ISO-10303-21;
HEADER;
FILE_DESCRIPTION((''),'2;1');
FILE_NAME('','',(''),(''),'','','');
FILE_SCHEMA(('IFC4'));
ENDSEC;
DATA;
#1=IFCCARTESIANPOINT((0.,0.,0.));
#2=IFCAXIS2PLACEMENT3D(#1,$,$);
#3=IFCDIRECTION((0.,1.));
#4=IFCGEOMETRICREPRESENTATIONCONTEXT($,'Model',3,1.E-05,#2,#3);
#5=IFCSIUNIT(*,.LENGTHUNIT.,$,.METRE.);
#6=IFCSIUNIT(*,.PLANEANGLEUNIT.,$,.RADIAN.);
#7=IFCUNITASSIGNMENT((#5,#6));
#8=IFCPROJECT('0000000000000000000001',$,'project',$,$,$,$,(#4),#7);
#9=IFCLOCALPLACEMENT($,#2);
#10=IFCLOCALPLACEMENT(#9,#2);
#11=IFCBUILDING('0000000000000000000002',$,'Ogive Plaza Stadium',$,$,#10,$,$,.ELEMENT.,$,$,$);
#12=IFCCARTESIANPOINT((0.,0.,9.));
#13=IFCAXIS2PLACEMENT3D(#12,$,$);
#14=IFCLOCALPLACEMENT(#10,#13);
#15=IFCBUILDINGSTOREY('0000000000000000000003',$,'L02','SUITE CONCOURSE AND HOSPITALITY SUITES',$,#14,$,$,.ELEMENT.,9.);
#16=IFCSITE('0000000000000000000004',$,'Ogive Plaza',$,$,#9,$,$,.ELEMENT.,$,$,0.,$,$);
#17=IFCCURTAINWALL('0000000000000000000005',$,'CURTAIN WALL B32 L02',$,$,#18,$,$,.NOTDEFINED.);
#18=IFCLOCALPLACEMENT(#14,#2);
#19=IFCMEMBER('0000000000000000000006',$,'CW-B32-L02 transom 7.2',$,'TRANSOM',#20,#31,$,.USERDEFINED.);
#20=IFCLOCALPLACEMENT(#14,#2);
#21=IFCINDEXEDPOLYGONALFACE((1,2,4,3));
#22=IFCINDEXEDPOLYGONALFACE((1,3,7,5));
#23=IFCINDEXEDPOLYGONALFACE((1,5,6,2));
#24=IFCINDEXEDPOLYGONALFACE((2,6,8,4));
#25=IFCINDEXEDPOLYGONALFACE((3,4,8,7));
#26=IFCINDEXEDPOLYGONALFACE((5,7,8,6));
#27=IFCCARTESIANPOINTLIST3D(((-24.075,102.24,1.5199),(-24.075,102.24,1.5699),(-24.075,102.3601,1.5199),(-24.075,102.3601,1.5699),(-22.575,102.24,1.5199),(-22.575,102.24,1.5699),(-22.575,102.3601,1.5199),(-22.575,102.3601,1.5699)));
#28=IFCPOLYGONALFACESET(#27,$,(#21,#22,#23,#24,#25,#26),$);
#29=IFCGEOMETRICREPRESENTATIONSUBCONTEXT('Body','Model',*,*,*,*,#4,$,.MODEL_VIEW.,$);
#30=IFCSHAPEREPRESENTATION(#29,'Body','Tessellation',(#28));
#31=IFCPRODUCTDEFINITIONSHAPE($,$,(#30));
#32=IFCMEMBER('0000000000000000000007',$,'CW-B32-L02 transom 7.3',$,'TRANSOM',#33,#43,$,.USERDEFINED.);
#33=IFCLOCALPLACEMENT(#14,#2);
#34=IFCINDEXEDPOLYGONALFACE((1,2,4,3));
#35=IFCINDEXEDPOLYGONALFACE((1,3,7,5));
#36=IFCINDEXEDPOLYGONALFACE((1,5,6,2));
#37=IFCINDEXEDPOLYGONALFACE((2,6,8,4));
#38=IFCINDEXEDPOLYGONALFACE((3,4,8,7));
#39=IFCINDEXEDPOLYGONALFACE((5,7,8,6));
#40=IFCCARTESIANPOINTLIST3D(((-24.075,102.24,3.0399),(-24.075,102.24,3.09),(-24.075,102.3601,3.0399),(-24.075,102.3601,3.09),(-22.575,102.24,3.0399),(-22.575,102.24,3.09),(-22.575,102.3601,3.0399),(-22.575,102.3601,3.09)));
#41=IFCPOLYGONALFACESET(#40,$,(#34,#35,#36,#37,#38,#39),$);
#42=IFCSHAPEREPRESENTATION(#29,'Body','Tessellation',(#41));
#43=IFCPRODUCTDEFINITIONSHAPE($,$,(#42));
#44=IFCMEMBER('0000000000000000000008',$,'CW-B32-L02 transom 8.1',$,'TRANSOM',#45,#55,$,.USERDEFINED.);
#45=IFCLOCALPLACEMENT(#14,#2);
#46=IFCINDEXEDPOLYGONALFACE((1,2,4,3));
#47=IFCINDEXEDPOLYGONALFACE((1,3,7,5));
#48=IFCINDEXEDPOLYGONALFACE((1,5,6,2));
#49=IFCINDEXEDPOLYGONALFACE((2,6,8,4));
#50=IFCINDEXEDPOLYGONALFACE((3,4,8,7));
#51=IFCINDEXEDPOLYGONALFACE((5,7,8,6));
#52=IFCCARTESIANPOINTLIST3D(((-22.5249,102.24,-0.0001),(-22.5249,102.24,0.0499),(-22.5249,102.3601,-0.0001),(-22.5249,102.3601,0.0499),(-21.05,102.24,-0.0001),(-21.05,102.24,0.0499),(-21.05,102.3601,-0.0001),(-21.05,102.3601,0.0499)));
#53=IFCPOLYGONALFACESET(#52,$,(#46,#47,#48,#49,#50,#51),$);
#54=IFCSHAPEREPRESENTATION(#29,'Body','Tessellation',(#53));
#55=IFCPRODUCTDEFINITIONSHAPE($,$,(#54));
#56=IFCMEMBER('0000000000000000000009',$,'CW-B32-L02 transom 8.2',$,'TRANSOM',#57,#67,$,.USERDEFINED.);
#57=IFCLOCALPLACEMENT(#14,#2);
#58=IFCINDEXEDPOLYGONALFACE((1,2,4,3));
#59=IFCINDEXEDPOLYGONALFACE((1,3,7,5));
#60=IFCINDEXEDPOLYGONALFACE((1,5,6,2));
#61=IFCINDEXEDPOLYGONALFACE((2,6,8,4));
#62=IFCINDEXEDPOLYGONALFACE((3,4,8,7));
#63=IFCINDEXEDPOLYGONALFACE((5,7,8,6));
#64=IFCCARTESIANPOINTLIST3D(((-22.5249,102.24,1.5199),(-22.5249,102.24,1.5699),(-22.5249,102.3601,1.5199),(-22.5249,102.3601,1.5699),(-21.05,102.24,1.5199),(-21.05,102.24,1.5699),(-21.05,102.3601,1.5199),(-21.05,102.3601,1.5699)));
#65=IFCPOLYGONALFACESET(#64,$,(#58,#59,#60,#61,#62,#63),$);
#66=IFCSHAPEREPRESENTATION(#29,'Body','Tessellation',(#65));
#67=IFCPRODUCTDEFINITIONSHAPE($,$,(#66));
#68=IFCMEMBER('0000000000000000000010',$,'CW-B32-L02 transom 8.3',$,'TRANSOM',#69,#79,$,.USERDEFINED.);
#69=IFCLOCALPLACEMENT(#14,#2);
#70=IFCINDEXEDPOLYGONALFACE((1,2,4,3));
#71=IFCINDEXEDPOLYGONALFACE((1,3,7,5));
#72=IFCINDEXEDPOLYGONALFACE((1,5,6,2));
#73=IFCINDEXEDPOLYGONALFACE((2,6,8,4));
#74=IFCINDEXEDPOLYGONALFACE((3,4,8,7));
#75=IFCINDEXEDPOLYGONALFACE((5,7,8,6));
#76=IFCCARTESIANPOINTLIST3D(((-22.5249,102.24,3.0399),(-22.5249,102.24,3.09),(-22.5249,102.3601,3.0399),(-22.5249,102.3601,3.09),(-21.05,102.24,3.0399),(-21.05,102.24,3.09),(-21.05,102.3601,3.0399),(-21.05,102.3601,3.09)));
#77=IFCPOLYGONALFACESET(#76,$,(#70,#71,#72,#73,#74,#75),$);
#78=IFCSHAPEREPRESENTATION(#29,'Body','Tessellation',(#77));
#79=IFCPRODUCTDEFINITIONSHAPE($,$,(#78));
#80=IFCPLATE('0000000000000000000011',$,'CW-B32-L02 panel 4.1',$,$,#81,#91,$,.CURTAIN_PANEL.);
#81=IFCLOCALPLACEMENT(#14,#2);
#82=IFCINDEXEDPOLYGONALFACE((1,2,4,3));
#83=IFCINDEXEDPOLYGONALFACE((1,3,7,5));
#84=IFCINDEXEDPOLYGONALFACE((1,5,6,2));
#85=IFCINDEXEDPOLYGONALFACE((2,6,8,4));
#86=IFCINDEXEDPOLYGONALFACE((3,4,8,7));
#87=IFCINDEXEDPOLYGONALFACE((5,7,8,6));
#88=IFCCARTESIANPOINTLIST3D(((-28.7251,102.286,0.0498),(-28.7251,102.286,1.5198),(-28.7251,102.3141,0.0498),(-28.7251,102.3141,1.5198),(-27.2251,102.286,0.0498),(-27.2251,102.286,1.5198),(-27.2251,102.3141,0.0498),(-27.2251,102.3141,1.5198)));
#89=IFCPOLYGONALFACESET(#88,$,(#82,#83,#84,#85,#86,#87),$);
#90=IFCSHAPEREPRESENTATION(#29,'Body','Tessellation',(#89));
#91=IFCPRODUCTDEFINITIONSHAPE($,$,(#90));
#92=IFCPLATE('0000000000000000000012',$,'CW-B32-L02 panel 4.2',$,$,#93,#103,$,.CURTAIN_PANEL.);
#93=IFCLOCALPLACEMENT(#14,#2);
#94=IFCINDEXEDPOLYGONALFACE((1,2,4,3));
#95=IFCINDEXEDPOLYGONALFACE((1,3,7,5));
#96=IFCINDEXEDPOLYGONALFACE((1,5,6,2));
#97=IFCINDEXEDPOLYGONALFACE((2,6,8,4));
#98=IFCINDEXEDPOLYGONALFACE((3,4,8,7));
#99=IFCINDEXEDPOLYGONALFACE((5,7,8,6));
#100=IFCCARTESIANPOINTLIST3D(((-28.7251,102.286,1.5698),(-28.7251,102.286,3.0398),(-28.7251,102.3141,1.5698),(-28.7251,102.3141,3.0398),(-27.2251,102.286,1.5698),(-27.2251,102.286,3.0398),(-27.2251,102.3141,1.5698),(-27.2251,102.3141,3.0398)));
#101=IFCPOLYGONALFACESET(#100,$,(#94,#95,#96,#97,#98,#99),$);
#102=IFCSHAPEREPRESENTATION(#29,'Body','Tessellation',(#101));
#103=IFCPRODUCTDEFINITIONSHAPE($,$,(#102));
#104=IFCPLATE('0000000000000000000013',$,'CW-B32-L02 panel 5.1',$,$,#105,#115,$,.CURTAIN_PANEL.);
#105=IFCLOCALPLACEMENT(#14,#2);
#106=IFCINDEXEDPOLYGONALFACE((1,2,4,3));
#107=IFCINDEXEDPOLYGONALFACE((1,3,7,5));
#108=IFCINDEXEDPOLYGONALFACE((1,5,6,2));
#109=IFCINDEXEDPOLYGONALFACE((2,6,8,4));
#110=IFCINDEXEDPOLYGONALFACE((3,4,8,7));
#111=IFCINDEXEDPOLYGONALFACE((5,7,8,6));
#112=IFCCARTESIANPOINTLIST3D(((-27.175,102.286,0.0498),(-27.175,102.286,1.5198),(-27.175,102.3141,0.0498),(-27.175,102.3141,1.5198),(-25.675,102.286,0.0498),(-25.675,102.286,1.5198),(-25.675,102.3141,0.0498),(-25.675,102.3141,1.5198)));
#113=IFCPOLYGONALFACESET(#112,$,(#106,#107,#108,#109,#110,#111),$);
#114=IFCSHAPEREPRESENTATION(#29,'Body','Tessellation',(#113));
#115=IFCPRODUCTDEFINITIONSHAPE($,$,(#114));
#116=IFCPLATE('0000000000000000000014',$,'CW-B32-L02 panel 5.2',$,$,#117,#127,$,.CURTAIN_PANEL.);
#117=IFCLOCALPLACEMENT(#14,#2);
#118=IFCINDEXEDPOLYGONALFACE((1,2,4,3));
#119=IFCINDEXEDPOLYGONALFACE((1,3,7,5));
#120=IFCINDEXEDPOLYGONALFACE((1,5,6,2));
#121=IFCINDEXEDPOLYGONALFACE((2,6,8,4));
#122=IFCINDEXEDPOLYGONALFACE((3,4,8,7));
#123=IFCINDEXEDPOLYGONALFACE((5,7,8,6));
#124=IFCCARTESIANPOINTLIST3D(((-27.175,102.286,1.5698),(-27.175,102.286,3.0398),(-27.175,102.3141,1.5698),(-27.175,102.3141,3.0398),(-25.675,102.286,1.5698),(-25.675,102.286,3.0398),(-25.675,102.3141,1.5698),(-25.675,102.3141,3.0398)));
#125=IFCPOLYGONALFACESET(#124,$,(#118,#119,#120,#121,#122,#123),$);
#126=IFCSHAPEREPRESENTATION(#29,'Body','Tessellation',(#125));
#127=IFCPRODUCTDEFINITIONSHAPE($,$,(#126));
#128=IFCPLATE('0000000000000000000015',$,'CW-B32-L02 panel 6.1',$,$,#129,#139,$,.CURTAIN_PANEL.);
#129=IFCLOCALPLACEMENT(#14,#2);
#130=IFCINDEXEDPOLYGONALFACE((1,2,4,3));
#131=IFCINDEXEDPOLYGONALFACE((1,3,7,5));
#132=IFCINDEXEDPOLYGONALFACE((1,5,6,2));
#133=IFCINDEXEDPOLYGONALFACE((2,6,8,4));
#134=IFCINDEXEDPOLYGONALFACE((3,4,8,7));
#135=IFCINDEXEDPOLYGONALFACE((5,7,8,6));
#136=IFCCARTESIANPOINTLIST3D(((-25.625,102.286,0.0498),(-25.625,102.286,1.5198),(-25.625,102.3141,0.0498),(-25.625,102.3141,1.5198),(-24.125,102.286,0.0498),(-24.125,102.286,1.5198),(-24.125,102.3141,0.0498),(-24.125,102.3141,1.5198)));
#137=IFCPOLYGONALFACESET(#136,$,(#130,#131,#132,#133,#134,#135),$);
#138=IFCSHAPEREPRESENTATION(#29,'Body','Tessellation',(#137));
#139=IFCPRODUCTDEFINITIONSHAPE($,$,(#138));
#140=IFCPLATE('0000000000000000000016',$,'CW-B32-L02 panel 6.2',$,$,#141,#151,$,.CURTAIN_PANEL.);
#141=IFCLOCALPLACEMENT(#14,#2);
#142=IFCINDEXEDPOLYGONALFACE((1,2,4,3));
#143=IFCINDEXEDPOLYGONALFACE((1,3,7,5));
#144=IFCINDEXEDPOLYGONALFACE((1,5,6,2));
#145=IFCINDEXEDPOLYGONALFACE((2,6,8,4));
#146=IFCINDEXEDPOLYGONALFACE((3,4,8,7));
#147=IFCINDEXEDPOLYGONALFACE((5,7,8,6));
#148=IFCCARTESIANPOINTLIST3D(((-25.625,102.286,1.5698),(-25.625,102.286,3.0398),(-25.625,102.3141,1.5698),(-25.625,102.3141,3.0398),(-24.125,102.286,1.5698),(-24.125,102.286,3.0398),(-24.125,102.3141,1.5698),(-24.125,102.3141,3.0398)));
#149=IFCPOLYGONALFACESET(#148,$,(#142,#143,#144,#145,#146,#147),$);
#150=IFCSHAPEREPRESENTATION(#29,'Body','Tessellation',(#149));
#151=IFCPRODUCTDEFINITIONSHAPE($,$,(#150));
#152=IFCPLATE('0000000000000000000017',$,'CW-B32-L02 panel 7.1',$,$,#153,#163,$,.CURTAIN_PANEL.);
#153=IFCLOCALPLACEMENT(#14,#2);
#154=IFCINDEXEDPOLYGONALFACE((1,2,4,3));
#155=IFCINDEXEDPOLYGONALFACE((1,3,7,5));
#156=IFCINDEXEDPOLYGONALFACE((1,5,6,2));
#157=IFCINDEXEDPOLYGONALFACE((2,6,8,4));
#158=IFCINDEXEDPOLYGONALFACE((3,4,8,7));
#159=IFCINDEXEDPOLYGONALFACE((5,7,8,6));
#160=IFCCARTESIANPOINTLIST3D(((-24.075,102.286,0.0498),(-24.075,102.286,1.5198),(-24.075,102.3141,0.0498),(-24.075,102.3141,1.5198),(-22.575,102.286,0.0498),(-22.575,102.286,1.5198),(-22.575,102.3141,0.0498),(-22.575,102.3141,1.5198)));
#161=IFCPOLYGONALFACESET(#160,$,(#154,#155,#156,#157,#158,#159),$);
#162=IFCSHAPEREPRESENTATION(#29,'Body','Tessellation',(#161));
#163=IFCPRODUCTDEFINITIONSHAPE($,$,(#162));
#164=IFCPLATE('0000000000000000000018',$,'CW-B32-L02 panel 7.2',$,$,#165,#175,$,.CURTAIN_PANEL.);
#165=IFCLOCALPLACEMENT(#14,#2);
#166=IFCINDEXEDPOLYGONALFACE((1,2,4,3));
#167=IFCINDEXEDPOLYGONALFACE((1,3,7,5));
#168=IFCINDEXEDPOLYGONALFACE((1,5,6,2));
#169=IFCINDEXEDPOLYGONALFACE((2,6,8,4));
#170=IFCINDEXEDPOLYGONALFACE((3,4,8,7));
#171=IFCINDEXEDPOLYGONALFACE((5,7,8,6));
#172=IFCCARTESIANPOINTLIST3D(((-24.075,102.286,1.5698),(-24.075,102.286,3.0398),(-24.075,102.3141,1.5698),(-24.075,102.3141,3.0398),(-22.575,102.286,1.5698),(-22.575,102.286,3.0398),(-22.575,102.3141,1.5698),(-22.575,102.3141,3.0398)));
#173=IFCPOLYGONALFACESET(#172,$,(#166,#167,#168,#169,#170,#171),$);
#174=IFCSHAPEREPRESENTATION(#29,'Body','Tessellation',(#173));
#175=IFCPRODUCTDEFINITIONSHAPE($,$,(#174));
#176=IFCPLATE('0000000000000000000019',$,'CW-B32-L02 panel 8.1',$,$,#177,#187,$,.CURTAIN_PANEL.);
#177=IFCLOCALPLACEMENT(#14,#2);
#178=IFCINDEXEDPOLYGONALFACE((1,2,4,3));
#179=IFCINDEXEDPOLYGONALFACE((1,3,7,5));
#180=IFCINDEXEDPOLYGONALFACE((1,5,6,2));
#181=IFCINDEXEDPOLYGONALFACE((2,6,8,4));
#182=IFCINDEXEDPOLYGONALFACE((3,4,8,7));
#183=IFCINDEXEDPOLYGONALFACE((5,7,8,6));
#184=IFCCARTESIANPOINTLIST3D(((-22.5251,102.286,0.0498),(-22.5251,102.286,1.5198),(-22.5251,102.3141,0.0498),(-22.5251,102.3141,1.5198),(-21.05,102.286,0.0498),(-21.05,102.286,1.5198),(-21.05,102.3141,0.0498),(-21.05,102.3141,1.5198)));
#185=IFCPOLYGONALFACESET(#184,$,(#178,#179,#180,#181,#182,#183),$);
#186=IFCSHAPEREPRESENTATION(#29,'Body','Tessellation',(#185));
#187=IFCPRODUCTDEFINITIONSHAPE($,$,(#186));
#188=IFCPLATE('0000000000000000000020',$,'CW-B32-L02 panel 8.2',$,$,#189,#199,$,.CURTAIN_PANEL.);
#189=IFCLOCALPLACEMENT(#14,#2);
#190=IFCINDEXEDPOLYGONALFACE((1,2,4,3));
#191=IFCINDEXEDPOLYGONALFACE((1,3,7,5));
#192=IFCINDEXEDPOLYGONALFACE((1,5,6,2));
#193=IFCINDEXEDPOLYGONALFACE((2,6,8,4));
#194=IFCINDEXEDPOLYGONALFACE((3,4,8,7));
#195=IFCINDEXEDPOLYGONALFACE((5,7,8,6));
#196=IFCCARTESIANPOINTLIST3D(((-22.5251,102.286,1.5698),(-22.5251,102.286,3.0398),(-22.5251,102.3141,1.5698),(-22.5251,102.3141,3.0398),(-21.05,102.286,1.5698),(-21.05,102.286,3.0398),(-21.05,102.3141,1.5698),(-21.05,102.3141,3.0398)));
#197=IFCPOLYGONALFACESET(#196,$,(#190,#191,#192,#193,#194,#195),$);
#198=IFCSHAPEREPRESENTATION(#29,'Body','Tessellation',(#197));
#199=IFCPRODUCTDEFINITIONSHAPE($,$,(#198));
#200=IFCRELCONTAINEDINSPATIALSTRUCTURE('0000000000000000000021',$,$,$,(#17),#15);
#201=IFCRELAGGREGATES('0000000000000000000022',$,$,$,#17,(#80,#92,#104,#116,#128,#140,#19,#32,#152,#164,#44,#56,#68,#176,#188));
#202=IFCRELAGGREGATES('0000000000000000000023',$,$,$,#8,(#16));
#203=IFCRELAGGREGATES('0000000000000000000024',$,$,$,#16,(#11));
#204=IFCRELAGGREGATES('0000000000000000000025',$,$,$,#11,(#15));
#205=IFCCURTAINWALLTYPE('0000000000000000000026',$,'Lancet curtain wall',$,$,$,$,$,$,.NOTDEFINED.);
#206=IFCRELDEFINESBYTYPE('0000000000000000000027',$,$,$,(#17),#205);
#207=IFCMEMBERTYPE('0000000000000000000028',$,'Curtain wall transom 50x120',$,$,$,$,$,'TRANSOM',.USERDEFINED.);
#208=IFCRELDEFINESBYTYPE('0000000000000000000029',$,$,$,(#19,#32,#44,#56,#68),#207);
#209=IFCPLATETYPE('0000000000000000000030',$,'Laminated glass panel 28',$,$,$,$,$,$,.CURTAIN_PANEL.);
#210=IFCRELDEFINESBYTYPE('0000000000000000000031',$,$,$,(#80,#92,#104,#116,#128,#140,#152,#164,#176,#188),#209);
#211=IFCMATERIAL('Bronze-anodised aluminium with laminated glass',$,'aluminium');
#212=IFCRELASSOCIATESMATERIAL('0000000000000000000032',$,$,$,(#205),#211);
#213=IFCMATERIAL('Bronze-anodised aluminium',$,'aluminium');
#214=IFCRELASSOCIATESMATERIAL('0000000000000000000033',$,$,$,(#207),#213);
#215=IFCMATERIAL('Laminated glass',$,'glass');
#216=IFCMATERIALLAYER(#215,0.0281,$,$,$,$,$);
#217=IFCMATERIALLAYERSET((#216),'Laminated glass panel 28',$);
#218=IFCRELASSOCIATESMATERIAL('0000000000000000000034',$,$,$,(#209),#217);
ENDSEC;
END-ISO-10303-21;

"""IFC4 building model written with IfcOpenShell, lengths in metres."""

from ifc_helpers import new_model, si_unit, direction, frame, origin, origin_2d, place, context, subcontext, project, spatial, rectangle, extrude, material, layer, layer_set, material_profile, profile_set, type_object, element, aggregate, save


model = new_model("IFC4")

# Units and contexts
model_context = context("Model", 3, precision=1e-05, world=origin(), true_north=direction((0.0, 1.0)))
body_context = subcontext(model_context, "Body", "Model", "MODEL_VIEW")
ifc_project = project(units=[si_unit("LENGTHUNIT", "METRE"), si_unit("PLANEANGLEUNIT", "RADIAN")], contexts=[model_context])

# Site, building, storey
site_placement = place(None, origin())
site = spatial("IfcSite", under=ifc_project, at=site_placement, Name="Ogive Plaza", CompositionType="ELEMENT", RefElevation=0.0)
building_placement = place(site_placement, origin())
building = spatial("IfcBuilding", under=site, at=building_placement, Name="Ogive Plaza Stadium", CompositionType="ELEMENT")
storey_placement = place(building_placement, frame((0.0, 0.0, 9.0)))
storey = spatial("IfcBuildingStorey", under=building, at=storey_placement, Name="L02", Description="SUITE CONCOURSE AND HOSPITALITY SUITES", CompositionType="ELEMENT", Elevation=9.0)

# Curtain wall, members, plates
ifc_material_1 = material(Name="Bronze-anodised aluminium with laminated glass", Category="aluminium")
curtain_wall_type = type_object("IfcCurtainWallType", Name="Lancet curtain wall", PredefinedType="NOTDEFINED", material=ifc_material_1)
curtain_wall_placement = place(storey_placement, origin())
curtain_wall = element("IfcCurtainWall", 1, at=curtain_wall_placement, inside=storey, type_object=curtain_wall_type, Name="CURTAIN WALL B32 L02", PredefinedType="NOTDEFINED")
ifc_material_2 = material(Name="Bronze-anodised aluminium", Category="aluminium")
ifc_material_profile_1 = material_profile(ifc_material_2, rectangle(XDim=0.1201, YDim=0.05, at=origin_2d()), Name="AL 120x50")
ifc_profile_set_1 = profile_set([ifc_material_profile_1], Name="Bronze-anodised aluminium")
member_type_1 = type_object("IfcMemberType", Name="Curtain wall transom 50x120", ElementType="TRANSOM", PredefinedType="USERDEFINED", material=ifc_profile_set_1)
member_1_placement = place(storey_placement, frame((-24.075, 102.3, 1.5449), z_axis=(1.0, 0.0, 0.0), x_axis=(0.0, 1.0, 0.0)))
member_1 = element("IfcMember", 2, at=member_1_placement, type_object=member_type_1, Name="CW-B32-L02 transom 7.2", ObjectType="TRANSOM", PredefinedType="USERDEFINED", context=body_context, shape_type="SweptSolid", body=[
    extrude(rectangle(XDim=0.1201, YDim=0.05, at=origin_2d()), origin(), (0.0, 0.0, 1.0), 1.5),
])
member_2_placement = place(storey_placement, frame((-24.075, 102.3, 3.0649), z_axis=(1.0, 0.0, 0.0), x_axis=(0.0, 1.0, 0.0)))
member_2 = element("IfcMember", 3, at=member_2_placement, type_object=member_type_1, Name="CW-B32-L02 transom 7.3", ObjectType="TRANSOM", PredefinedType="USERDEFINED", context=body_context, shape_type="SweptSolid", body=[
    extrude(rectangle(XDim=0.1201, YDim=0.05, at=origin_2d()), origin(), (0.0, 0.0, 1.0), 1.5),
])
member_3_placement = place(storey_placement, frame((-22.5249, 102.3, 0.0249), z_axis=(1.0, 0.0, 0.0), x_axis=(0.0, 1.0, 0.0)))
member_3 = element("IfcMember", 4, at=member_3_placement, type_object=member_type_1, Name="CW-B32-L02 transom 8.1", ObjectType="TRANSOM", PredefinedType="USERDEFINED", context=body_context, shape_type="SweptSolid", body=[
    extrude(rectangle(XDim=0.1201, YDim=0.05, at=origin_2d()), origin(), (0.0, 0.0, 1.0), 1.4749),
])
member_4_placement = place(storey_placement, frame((-22.5249, 102.3, 1.5449), z_axis=(1.0, 0.0, 0.0), x_axis=(0.0, 1.0, 0.0)))
member_4 = element("IfcMember", 5, at=member_4_placement, type_object=member_type_1, Name="CW-B32-L02 transom 8.2", ObjectType="TRANSOM", PredefinedType="USERDEFINED", context=body_context, shape_type="SweptSolid", body=[
    extrude(rectangle(XDim=0.1201, YDim=0.05, at=origin_2d()), origin(), (0.0, 0.0, 1.0), 1.4749),
])
member_5_placement = place(storey_placement, frame((-22.5249, 102.3, 3.0649), z_axis=(1.0, 0.0, 0.0), x_axis=(0.0, 1.0, 0.0)))
member_5 = element("IfcMember", 6, at=member_5_placement, type_object=member_type_1, Name="CW-B32-L02 transom 8.3", ObjectType="TRANSOM", PredefinedType="USERDEFINED", context=body_context, shape_type="SweptSolid", body=[
    extrude(rectangle(XDim=0.1201, YDim=0.05, at=origin_2d()), origin(), (0.0, 0.0, 1.0), 1.4749),
])
ifc_material_3 = material(Name="Laminated glass", Category="glass")
ifc_layer_1 = layer(ifc_material_3, 0.0281)
ifc_layer_set_1 = layer_set([ifc_layer_1], Name="Laminated glass panel 28")
plate_type = type_object("IfcPlateType", Name="Laminated glass panel 28", PredefinedType="CURTAIN_PANEL", material=ifc_layer_set_1)
plate_1_placement = place(storey_placement, frame((-27.9751, 102.3, 0.0498), z_axis=(0.0, 0.0, 1.0), x_axis=(1.0, 0.0, 0.0)))
plate_1 = element("IfcPlate", 7, at=plate_1_placement, type_object=plate_type, Name="CW-B32-L02 panel 4.1", PredefinedType="CURTAIN_PANEL", context=body_context, shape_type="SweptSolid", body=[
    extrude(rectangle(XDim=1.5, YDim=0.0281, at=origin_2d()), origin(), (0.0, 0.0, 1.0), 1.47),
])
plate_2_placement = place(storey_placement, frame((-27.9751, 102.3, 1.5698), z_axis=(0.0, 0.0, 1.0), x_axis=(1.0, 0.0, 0.0)))
plate_2 = element("IfcPlate", 8, at=plate_2_placement, type_object=plate_type, Name="CW-B32-L02 panel 4.2", PredefinedType="CURTAIN_PANEL", context=body_context, shape_type="SweptSolid", body=[
    extrude(rectangle(XDim=1.5, YDim=0.0281, at=origin_2d()), origin(), (0.0, 0.0, 1.0), 1.47),
])
plate_3_placement = place(storey_placement, frame((-26.425, 102.3, 0.0498), z_axis=(0.0, 0.0, 1.0), x_axis=(1.0, 0.0, 0.0)))
plate_3 = element("IfcPlate", 9, at=plate_3_placement, type_object=plate_type, Name="CW-B32-L02 panel 5.1", PredefinedType="CURTAIN_PANEL", context=body_context, shape_type="SweptSolid", body=[
    extrude(rectangle(XDim=1.5, YDim=0.0281, at=origin_2d()), origin(), (0.0, 0.0, 1.0), 1.47),
])
plate_4_placement = place(storey_placement, frame((-26.425, 102.3, 1.5698), z_axis=(0.0, 0.0, 1.0), x_axis=(1.0, 0.0, 0.0)))
plate_4 = element("IfcPlate", 10, at=plate_4_placement, type_object=plate_type, Name="CW-B32-L02 panel 5.2", PredefinedType="CURTAIN_PANEL", context=body_context, shape_type="SweptSolid", body=[
    extrude(rectangle(XDim=1.5, YDim=0.0281, at=origin_2d()), origin(), (0.0, 0.0, 1.0), 1.47),
])
plate_5_placement = place(storey_placement, frame((-24.875, 102.3, 0.0498), z_axis=(0.0, 0.0, 1.0), x_axis=(1.0, 0.0, 0.0)))
plate_5 = element("IfcPlate", 11, at=plate_5_placement, type_object=plate_type, Name="CW-B32-L02 panel 6.1", PredefinedType="CURTAIN_PANEL", context=body_context, shape_type="SweptSolid", body=[
    extrude(rectangle(XDim=1.5, YDim=0.0281, at=origin_2d()), origin(), (0.0, 0.0, 1.0), 1.47),
])
plate_6_placement = place(storey_placement, frame((-24.875, 102.3, 1.5698), z_axis=(0.0, 0.0, 1.0), x_axis=(1.0, 0.0, 0.0)))
plate_6 = element("IfcPlate", 12, at=plate_6_placement, type_object=plate_type, Name="CW-B32-L02 panel 6.2", PredefinedType="CURTAIN_PANEL", context=body_context, shape_type="SweptSolid", body=[
    extrude(rectangle(XDim=1.5, YDim=0.0281, at=origin_2d()), origin(), (0.0, 0.0, 1.0), 1.47),
])
plate_7_placement = place(storey_placement, frame((-23.325, 102.3, 0.0498), z_axis=(0.0, 0.0, 1.0), x_axis=(1.0, 0.0, 0.0)))
plate_7 = element("IfcPlate", 13, at=plate_7_placement, type_object=plate_type, Name="CW-B32-L02 panel 7.1", PredefinedType="CURTAIN_PANEL", context=body_context, shape_type="SweptSolid", body=[
    extrude(rectangle(XDim=1.5, YDim=0.0281, at=origin_2d()), origin(), (0.0, 0.0, 1.0), 1.47),
])
plate_8_placement = place(storey_placement, frame((-23.325, 102.3, 1.5698), z_axis=(0.0, 0.0, 1.0), x_axis=(1.0, 0.0, 0.0)))
plate_8 = element("IfcPlate", 14, at=plate_8_placement, type_object=plate_type, Name="CW-B32-L02 panel 7.2", PredefinedType="CURTAIN_PANEL", context=body_context, shape_type="SweptSolid", body=[
    extrude(rectangle(XDim=1.5, YDim=0.0281, at=origin_2d()), origin(), (0.0, 0.0, 1.0), 1.47),
])
plate_9_placement = place(storey_placement, frame((-21.7876, 102.3, 0.0498), z_axis=(0.0, 0.0, 1.0), x_axis=(1.0, 0.0, 0.0)))
plate_9 = element("IfcPlate", 15, at=plate_9_placement, type_object=plate_type, Name="CW-B32-L02 panel 8.1", PredefinedType="CURTAIN_PANEL", context=body_context, shape_type="SweptSolid", body=[
    extrude(rectangle(XDim=1.4751, YDim=0.0281, at=origin_2d()), origin(), (0.0, 0.0, 1.0), 1.47),
])
plate_10_placement = place(storey_placement, frame((-21.7876, 102.3, 1.5698), z_axis=(0.0, 0.0, 1.0), x_axis=(1.0, 0.0, 0.0)))
plate_10 = element("IfcPlate", 16, at=plate_10_placement, type_object=plate_type, Name="CW-B32-L02 panel 8.2", PredefinedType="CURTAIN_PANEL", context=body_context, shape_type="SweptSolid", body=[
    extrude(rectangle(XDim=1.4751, YDim=0.0281, at=origin_2d()), origin(), (0.0, 0.0, 1.0), 1.47),
])
aggregate(curtain_wall, [plate_1, plate_2, plate_3, plate_4, plate_5, plate_6, member_1, member_2, plate_7, plate_8, member_3, member_4, member_5, plate_9, plate_10])

save(model, "model.ifc")
